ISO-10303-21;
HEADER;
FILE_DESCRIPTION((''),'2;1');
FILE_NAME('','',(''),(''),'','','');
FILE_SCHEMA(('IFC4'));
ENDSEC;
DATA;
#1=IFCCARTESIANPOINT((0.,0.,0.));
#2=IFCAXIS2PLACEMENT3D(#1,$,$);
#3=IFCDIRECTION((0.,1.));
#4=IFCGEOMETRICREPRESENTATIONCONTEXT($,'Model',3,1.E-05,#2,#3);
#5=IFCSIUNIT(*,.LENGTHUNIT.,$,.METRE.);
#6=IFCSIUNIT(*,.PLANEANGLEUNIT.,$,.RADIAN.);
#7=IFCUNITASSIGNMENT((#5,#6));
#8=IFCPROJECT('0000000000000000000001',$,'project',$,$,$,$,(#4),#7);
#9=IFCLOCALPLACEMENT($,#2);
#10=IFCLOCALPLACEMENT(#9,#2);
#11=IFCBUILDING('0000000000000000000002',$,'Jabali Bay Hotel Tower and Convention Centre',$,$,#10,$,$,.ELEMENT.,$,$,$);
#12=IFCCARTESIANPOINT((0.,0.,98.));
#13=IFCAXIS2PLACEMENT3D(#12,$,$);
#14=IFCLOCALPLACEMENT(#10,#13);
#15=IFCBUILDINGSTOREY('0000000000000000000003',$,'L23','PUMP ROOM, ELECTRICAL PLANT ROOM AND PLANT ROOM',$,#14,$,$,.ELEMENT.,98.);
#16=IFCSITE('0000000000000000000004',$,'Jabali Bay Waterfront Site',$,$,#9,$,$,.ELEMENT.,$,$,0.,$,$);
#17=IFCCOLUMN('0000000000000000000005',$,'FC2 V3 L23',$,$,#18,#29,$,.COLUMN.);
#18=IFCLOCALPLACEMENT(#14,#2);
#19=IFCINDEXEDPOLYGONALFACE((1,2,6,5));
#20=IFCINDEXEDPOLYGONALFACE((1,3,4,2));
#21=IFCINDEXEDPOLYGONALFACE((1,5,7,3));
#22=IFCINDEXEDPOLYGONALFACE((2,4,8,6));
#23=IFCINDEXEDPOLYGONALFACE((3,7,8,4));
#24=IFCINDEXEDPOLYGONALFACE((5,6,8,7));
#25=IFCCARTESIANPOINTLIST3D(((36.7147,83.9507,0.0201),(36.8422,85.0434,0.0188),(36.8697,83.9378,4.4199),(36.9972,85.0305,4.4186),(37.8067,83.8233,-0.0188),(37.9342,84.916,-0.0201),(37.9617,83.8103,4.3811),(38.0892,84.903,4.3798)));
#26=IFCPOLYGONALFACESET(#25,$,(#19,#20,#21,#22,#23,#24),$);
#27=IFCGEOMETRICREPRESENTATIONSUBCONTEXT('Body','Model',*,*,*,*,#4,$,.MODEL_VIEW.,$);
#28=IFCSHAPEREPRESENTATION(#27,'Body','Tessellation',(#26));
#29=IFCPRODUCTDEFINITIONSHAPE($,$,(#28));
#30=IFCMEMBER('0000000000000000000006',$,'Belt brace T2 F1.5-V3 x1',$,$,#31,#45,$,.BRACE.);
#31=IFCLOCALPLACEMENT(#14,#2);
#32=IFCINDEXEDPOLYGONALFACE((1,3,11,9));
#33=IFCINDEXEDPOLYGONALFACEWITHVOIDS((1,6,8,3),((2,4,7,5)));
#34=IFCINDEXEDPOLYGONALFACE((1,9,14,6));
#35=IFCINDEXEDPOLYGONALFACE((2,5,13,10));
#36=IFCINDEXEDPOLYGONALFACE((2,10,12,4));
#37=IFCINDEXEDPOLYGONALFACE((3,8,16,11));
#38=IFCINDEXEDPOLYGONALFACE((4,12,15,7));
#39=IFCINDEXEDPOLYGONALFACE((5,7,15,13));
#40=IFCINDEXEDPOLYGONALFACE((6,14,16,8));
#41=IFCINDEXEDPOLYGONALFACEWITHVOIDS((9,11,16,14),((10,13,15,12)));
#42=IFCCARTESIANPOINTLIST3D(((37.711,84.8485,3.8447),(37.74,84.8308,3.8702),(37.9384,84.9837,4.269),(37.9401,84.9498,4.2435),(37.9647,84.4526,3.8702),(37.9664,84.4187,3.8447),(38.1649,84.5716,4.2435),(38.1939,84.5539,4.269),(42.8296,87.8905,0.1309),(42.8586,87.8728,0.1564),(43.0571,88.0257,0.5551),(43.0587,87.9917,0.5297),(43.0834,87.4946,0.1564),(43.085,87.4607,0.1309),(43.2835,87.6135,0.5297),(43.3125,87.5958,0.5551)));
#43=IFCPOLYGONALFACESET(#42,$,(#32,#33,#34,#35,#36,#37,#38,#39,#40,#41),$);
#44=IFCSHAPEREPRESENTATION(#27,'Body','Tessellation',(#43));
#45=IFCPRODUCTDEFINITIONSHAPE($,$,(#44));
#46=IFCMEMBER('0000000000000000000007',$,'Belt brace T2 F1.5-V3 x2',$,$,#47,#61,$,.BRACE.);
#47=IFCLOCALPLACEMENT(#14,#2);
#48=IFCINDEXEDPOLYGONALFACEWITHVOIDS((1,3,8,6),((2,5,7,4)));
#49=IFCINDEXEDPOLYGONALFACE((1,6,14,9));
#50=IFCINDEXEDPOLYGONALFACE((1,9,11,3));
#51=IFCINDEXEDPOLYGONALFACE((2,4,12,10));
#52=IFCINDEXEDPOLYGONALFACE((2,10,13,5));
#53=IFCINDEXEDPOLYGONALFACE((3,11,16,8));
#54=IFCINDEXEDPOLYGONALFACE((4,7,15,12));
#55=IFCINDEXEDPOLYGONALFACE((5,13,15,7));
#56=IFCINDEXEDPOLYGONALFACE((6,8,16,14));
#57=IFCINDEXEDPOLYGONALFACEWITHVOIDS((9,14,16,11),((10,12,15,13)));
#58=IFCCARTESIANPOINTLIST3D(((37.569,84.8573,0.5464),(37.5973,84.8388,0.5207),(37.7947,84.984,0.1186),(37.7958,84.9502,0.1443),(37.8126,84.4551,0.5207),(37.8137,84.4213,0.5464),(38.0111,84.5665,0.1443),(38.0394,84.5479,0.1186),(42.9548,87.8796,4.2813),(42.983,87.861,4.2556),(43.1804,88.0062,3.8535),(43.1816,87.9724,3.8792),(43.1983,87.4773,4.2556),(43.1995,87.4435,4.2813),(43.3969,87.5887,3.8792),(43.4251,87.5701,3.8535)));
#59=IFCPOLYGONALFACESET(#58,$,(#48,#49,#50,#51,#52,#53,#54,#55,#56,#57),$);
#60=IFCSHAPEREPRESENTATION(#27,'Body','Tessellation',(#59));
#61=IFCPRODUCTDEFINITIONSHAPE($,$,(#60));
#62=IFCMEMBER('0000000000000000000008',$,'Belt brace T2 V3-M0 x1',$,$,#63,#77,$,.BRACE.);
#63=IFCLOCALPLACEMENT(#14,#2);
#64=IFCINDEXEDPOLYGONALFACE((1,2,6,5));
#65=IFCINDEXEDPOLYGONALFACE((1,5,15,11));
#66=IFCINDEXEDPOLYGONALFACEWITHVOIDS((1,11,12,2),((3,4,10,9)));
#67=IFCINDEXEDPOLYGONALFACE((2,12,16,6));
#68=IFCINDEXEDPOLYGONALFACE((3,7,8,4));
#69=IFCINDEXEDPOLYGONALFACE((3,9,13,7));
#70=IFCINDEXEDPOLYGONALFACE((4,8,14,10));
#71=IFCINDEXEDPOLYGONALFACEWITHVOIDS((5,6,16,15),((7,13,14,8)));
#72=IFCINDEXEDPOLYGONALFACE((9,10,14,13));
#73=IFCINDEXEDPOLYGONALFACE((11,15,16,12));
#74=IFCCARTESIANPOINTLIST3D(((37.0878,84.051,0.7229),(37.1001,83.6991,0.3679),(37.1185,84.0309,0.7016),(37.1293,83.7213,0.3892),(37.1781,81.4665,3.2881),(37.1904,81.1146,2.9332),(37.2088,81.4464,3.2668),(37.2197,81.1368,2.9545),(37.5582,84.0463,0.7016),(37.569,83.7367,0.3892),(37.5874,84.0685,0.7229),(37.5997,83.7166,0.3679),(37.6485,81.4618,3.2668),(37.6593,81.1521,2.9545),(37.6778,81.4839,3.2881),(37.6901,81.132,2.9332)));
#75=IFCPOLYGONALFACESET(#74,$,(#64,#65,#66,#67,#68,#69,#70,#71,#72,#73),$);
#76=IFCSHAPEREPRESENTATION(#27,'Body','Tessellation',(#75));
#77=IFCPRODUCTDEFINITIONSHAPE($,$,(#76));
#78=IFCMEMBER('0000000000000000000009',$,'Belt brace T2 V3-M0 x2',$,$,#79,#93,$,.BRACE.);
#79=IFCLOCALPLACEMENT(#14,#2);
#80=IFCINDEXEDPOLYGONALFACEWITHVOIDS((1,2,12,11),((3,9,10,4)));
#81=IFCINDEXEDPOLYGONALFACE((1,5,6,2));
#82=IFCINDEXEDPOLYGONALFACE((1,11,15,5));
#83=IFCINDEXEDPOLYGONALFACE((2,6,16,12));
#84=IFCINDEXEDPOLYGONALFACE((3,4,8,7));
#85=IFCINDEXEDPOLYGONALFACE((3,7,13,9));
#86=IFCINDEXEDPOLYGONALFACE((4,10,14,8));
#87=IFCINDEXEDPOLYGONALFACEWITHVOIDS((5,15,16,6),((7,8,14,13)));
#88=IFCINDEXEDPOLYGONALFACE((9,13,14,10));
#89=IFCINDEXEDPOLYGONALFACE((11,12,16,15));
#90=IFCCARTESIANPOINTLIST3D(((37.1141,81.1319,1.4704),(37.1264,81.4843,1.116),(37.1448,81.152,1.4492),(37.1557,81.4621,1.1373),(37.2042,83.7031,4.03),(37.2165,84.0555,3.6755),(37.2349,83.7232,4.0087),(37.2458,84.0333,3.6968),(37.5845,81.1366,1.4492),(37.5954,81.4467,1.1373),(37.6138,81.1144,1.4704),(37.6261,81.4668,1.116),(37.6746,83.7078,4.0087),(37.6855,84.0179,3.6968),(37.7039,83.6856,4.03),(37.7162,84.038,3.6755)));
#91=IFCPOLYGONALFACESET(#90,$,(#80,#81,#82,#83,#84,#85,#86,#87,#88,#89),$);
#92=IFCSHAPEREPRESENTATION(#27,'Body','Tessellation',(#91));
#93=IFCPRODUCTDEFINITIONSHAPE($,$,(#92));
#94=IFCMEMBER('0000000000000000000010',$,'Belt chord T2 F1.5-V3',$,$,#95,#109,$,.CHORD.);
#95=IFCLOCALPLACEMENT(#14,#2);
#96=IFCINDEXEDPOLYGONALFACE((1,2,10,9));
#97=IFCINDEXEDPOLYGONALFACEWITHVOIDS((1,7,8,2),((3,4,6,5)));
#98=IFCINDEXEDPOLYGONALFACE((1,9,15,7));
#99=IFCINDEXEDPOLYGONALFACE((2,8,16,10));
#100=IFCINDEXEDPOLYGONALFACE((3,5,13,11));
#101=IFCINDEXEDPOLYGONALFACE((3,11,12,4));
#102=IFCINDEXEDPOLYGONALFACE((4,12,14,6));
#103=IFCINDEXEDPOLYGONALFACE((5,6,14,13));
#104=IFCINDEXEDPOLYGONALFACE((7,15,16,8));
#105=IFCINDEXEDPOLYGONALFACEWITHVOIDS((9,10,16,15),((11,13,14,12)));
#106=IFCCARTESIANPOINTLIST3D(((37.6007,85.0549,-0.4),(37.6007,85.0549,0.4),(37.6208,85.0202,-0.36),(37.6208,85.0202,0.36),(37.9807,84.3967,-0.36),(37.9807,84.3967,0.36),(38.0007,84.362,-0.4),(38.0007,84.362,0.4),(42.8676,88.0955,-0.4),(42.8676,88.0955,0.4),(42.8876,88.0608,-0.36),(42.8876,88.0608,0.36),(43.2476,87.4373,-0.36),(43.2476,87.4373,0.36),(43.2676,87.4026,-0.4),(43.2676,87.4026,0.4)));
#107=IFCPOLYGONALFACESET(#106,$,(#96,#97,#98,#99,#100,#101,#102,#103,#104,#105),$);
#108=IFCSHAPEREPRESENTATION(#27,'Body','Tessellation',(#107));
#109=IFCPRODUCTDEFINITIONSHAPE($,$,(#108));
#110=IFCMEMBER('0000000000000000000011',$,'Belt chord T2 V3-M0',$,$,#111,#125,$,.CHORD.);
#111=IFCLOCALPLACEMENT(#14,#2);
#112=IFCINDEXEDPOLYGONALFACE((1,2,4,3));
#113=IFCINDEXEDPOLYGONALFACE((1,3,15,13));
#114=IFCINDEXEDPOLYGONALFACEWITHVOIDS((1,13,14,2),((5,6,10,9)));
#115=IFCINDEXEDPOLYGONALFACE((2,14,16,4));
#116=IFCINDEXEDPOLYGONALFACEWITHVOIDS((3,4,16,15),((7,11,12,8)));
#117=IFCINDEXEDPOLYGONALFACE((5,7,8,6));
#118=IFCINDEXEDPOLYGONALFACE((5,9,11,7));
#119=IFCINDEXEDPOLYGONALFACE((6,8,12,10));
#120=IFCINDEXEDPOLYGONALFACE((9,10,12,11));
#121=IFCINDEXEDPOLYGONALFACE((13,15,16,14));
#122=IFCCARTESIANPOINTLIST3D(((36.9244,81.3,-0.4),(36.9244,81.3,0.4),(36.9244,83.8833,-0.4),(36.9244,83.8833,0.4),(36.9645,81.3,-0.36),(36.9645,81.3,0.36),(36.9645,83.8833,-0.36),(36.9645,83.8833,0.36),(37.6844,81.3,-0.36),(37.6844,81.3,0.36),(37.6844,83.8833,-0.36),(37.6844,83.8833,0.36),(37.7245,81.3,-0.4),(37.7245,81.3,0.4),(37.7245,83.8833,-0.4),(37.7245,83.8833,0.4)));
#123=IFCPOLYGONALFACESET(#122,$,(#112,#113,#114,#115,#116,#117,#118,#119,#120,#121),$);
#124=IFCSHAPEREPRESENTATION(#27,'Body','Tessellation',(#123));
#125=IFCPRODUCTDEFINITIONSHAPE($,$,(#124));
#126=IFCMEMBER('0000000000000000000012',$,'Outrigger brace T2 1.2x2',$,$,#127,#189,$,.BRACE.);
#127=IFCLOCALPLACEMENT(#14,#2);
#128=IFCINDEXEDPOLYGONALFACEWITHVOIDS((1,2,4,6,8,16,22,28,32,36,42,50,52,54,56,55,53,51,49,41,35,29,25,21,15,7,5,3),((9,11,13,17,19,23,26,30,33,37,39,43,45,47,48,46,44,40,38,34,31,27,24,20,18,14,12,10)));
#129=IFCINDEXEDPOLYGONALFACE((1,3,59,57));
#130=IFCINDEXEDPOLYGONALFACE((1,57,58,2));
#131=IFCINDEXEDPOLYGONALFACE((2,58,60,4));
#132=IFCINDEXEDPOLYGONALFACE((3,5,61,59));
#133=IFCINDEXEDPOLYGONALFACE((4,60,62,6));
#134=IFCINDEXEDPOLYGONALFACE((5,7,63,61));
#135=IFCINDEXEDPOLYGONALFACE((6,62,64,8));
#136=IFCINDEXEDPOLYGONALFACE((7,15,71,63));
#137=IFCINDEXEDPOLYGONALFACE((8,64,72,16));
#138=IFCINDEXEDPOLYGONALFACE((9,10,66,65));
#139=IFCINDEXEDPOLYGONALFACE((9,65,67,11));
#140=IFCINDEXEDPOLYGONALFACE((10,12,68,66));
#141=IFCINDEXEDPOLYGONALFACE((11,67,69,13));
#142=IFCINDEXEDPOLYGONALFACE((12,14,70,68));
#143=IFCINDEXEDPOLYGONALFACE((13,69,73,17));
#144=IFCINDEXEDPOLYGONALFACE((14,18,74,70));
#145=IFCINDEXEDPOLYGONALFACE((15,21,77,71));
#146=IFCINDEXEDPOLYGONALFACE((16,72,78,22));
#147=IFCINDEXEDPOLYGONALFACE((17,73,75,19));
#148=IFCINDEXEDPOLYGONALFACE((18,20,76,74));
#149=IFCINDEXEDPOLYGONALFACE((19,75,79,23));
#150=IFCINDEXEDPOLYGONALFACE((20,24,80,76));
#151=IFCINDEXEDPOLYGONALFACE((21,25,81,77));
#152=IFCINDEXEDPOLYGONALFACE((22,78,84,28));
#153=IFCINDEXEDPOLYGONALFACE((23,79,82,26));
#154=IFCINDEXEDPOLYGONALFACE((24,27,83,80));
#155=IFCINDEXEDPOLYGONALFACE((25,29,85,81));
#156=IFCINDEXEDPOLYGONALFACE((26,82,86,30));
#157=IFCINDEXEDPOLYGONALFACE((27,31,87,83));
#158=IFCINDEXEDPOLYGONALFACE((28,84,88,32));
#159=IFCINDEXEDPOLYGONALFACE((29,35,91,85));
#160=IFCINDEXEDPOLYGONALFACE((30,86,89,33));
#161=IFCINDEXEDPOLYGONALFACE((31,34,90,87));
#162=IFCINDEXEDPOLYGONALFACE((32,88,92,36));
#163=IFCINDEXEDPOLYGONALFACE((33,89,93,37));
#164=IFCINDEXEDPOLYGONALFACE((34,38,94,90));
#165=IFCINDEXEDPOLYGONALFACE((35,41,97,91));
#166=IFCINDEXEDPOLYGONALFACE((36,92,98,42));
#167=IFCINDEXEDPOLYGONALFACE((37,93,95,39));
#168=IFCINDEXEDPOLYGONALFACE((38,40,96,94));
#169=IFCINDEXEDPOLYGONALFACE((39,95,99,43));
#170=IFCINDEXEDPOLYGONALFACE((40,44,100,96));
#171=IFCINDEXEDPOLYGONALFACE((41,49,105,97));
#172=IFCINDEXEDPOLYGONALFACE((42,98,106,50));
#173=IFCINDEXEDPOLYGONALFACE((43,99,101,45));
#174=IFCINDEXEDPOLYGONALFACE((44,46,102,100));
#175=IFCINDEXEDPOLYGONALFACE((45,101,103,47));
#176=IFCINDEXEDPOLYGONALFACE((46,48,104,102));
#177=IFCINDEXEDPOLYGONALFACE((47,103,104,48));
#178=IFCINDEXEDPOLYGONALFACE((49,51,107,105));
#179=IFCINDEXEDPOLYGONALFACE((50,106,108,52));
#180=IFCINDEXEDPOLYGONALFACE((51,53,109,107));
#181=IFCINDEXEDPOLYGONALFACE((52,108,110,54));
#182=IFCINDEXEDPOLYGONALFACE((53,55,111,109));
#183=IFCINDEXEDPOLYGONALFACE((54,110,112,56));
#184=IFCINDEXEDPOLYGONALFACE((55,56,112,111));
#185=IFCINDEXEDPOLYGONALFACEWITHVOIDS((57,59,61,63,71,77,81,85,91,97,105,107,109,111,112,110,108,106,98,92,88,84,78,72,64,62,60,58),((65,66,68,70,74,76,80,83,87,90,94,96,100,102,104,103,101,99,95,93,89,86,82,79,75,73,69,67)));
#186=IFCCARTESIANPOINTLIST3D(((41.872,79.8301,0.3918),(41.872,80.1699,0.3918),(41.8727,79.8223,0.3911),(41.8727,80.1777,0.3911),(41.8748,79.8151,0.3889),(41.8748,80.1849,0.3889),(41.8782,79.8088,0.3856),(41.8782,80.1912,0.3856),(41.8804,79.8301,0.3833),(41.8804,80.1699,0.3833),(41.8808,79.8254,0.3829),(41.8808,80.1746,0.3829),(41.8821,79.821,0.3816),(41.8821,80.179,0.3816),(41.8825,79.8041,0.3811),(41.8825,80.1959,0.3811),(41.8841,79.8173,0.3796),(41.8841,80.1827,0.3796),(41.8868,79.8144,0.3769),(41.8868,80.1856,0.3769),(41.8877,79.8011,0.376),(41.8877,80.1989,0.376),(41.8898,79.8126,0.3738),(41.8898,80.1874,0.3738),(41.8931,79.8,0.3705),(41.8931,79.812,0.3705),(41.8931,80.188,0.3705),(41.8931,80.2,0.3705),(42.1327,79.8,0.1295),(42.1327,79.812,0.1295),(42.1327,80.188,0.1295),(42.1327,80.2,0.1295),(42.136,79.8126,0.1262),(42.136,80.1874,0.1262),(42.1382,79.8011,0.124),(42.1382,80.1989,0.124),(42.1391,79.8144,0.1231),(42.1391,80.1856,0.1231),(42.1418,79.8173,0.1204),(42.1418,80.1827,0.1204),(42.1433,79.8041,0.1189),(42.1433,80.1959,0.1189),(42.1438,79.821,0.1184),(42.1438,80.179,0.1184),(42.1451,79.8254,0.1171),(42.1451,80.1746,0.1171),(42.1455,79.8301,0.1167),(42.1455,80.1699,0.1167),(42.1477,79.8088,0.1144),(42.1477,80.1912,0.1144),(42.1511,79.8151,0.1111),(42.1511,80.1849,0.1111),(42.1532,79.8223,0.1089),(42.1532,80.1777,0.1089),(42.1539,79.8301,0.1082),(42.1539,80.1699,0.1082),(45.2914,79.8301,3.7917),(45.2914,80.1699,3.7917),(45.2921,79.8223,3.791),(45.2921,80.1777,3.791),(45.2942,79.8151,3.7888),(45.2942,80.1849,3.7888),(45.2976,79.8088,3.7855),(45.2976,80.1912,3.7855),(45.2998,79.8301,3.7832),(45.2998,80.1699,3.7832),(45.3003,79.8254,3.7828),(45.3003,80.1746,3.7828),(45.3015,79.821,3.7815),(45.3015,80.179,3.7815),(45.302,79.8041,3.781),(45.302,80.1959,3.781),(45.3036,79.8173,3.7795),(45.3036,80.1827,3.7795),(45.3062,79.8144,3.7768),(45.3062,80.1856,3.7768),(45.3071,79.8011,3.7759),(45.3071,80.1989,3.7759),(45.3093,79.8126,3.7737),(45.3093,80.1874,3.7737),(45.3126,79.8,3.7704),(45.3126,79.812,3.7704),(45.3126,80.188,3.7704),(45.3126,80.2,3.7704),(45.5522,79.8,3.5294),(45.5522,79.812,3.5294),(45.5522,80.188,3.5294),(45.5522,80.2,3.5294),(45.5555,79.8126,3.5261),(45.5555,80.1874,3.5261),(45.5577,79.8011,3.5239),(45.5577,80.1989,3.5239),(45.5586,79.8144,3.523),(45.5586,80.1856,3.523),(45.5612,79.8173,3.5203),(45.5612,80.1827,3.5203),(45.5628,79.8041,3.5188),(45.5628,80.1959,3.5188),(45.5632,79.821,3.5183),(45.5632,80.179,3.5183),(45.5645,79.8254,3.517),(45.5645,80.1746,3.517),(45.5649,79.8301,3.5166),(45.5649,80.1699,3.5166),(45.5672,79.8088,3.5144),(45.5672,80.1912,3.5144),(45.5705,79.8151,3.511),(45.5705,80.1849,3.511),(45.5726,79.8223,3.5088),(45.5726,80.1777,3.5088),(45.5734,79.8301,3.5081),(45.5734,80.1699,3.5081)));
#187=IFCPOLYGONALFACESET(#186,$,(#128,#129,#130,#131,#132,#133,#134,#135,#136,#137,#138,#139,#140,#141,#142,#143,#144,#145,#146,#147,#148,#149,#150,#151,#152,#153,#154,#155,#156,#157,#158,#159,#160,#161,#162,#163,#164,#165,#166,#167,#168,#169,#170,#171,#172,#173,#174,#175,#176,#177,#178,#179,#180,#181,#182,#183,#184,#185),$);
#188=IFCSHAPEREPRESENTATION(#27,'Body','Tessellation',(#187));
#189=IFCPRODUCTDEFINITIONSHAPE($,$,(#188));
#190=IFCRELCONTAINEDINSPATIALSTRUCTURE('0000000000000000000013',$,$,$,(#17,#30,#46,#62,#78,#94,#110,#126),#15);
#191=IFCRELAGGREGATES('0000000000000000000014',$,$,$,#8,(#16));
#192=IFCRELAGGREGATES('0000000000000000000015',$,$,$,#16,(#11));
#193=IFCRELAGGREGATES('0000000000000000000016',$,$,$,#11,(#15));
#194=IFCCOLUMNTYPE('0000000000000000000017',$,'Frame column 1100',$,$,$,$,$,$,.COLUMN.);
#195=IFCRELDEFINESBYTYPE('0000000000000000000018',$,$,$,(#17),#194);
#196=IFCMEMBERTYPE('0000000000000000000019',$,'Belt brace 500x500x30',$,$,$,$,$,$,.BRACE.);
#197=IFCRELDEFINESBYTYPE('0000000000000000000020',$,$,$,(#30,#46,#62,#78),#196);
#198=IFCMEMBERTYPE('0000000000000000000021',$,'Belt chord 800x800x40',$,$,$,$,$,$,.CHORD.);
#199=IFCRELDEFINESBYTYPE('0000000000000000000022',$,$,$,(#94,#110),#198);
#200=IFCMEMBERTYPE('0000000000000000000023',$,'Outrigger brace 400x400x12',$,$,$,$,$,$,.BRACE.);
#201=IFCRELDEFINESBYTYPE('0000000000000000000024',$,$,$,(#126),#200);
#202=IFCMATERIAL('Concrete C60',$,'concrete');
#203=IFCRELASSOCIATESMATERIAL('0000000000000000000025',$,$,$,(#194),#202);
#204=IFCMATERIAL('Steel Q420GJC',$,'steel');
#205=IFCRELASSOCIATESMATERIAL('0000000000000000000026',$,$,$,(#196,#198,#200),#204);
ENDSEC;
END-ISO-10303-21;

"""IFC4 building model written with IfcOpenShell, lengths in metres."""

from ifc_helpers import new_model, si_unit, direction, frame, origin, origin_2d, place, context, subcontext, project, spatial, rectangle, hollow_rectangle, extrude, material, material_profile, profile_set, type_object, element, save


model = new_model("IFC4")

# Units and contexts
model_context = context("Model", 3, precision=1e-05, world=origin(), true_north=direction((0.0, 1.0)))
body_context = subcontext(model_context, "Body", "Model", "MODEL_VIEW")
ifc_project = project(units=[si_unit("LENGTHUNIT", "METRE"), si_unit("PLANEANGLEUNIT", "RADIAN")], contexts=[model_context])

# Site, building, storey
site_placement = place(None, origin())
site = spatial("IfcSite", under=ifc_project, at=site_placement, Name="Jabali Bay Waterfront Site", CompositionType="ELEMENT", RefElevation=0.0)
building_placement = place(site_placement, origin())
building = spatial("IfcBuilding", under=site, at=building_placement, Name="Jabali Bay Hotel Tower and Convention Centre", CompositionType="ELEMENT")
storey_placement = place(building_placement, frame((0.0, 0.0, 98.0)))
storey = spatial("IfcBuildingStorey", under=building, at=storey_placement, Name="L23", Description="PUMP ROOM, ELECTRICAL PLANT ROOM AND PLANT ROOM", CompositionType="ELEMENT", Elevation=98.0)

# Column
ifc_material_1 = material(Name="Concrete C60", Category="concrete")
ifc_material_profile_1 = material_profile(ifc_material_1, rectangle(XDim=1.1001, YDim=1.1001, at=origin_2d()), Name="Frame column 1100")
ifc_profile_set_1 = profile_set([ifc_material_profile_1], Name="Concrete C60")
column_type = type_object("IfcColumnType", Name="Frame column 1100", PredefinedType="COLUMN", material=ifc_profile_set_1)
column_placement = place(storey_placement, frame((37.3245, 84.4333, 0.0), z_axis=(0.035213, -0.002939, 0.999376), x_axis=(-0.992637, 0.115866, 0.035316)))
element("IfcColumn", 1, at=column_placement, inside=storey, type_object=column_type, Name="FC2 V3 L23", PredefinedType="COLUMN", context=body_context, shape_type="SweptSolid", body=[
    extrude(rectangle(XDim=1.1001, YDim=1.1001, at=origin_2d()), origin(), (0.0, 0.0, 1.0), 4.4026),
])

# Members
ifc_material_2 = material(Name="Steel Q420GJC", Category="steel")
ifc_material_profile_2 = material_profile(ifc_material_2, hollow_rectangle(XDim=0.5, YDim=0.5, WallThickness=0.03, at=origin_2d()), Name="Belt brace 500x500x30")
ifc_profile_set_2 = profile_set([ifc_material_profile_2], Name="Steel Q420GJC")
member_type_1 = type_object("IfcMemberType", Name="Belt brace 500x500x30", PredefinedType="BRACE", material=ifc_profile_set_2)
member_1_placement = place(storey_placement, frame((43.071, 87.7432, 0.343), z_axis=(-0.729399, -0.433479, 0.52922), x_axis=(0.510885, -0.859649, 0.0)))
element("IfcMember", 2, at=member_1_placement, inside=storey, type_object=member_type_1, Name="Belt brace T2 F1.5-V3 x1", PredefinedType="BRACE", context=body_context, shape_type="SweptSolid", body=[
    extrude(hollow_rectangle(XDim=0.5, YDim=0.5, WallThickness=0.03, at=origin_2d()), origin(), (0.0, 0.0, 1.0), 7.0176),
])
member_2_placement = place(storey_placement, frame((37.8042, 84.7026, 0.3325), z_axis=(0.746228, 0.418747, 0.517489), x_axis=(-0.489368, 0.872078, 0.0)))
element("IfcMember", 3, at=member_2_placement, inside=storey, type_object=member_type_1, Name="Belt brace T2 F1.5-V3 x2", PredefinedType="BRACE", context=body_context, shape_type="SweptSolid", body=[
    extrude(hollow_rectangle(XDim=0.5, YDim=0.5, WallThickness=0.03, at=origin_2d()), origin(), (0.0, 0.0, 1.0), 7.2173),
])
member_3_placement = place(storey_placement, frame((37.3438, 83.8838, 0.5454), z_axis=(0.024799, -0.709532, 0.704237), x_axis=(0.99939, 0.03493, 0.0)))
element("IfcMember", 4, at=member_3_placement, inside=storey, type_object=member_type_1, Name="Belt brace T2 V3-M0 x1", PredefinedType="BRACE", context=body_context, shape_type="SweptSolid", body=[
    extrude(hollow_rectangle(XDim=0.5, YDim=0.5, WallThickness=0.03, at=origin_2d()), origin(), (0.0, 0.0, 1.0), 3.6426),
])
member_4_placement = place(storey_placement, frame((37.3701, 81.2993, 1.2932), z_axis=(0.024823, 0.708502, 0.705273), x_axis=(-0.999387, 0.035015, 0.0)))
element("IfcMember", 5, at=member_4_placement, inside=storey, type_object=member_type_1, Name="Belt brace T2 V3-M0 x2", PredefinedType="BRACE", context=body_context, shape_type="SweptSolid", body=[
    extrude(hollow_rectangle(XDim=0.5, YDim=0.5, WallThickness=0.03, at=origin_2d()), origin(), (0.0, 0.0, 1.0), 3.6292),
])
ifc_material_profile_3 = material_profile(ifc_material_2, hollow_rectangle(XDim=0.8, YDim=0.8, WallThickness=0.04, at=origin_2d()), Name="Belt chord 800x800x40")
ifc_profile_set_3 = profile_set([ifc_material_profile_3], Name="Steel Q420GJC")
member_type_2 = type_object("IfcMemberType", Name="Belt chord 800x800x40", PredefinedType="CHORD", material=ifc_profile_set_3)
member_5_placement = place(storey_placement, frame((43.0676, 87.749, 0.0), z_axis=(-0.866046, -0.499965, 0.0), x_axis=(0.499965, -0.866046, 0.0)))
element("IfcMember", 6, at=member_5_placement, inside=storey, type_object=member_type_2, Name="Belt chord T2 F1.5-V3", PredefinedType="CHORD", context=body_context, shape_type="SweptSolid", body=[
    extrude(hollow_rectangle(XDim=0.8, YDim=0.8, WallThickness=0.04, at=origin_2d()), origin(), (0.0, 0.0, 1.0), 6.0815),
])
member_6_placement = place(storey_placement, frame((37.3245, 83.8833, 0.0), z_axis=(0.0, -1.0, 0.0), x_axis=(1.0, 0.0, 0.0)))
element("IfcMember", 7, at=member_6_placement, inside=storey, type_object=member_type_2, Name="Belt chord T2 V3-M0", PredefinedType="CHORD", context=body_context, shape_type="SweptSolid", body=[
    extrude(hollow_rectangle(XDim=0.8, YDim=0.8, WallThickness=0.04, at=origin_2d()), origin(), (0.0, 0.0, 1.0), 2.5833),
])
ifc_material_profile_4 = material_profile(ifc_material_2, hollow_rectangle(XDim=0.3999, YDim=0.3999, WallThickness=0.012, InnerFilletRadius=0.0181, OuterFilletRadius=0.03, at=origin_2d()), Name="Outrigger brace 400x400x12")
ifc_profile_set_4 = profile_set([ifc_material_profile_4], Name="Steel Q420GJC")
member_type_3 = type_object("IfcMemberType", Name="Outrigger brace 400x400x12", PredefinedType="BRACE", material=ifc_profile_set_4)
member_7_placement = place(storey_placement, frame((42.0129, 80.0, 0.25), z_axis=(0.709129, 0.0, 0.705079), x_axis=(0.0, 1.0, 0.0)))
element("IfcMember", 8, at=member_7_placement, inside=storey, type_object=member_type_3, Name="Outrigger brace T2 1.2x2", PredefinedType="BRACE", context=body_context, shape_type="SweptSolid", body=[
    extrude(hollow_rectangle(XDim=0.3999, YDim=0.3999, WallThickness=0.012, InnerFilletRadius=0.0181, OuterFilletRadius=0.03, at=origin_2d()), origin(), (0.0, 0.0, 1.0), 4.822),
])

save(model, "model.ifc")
